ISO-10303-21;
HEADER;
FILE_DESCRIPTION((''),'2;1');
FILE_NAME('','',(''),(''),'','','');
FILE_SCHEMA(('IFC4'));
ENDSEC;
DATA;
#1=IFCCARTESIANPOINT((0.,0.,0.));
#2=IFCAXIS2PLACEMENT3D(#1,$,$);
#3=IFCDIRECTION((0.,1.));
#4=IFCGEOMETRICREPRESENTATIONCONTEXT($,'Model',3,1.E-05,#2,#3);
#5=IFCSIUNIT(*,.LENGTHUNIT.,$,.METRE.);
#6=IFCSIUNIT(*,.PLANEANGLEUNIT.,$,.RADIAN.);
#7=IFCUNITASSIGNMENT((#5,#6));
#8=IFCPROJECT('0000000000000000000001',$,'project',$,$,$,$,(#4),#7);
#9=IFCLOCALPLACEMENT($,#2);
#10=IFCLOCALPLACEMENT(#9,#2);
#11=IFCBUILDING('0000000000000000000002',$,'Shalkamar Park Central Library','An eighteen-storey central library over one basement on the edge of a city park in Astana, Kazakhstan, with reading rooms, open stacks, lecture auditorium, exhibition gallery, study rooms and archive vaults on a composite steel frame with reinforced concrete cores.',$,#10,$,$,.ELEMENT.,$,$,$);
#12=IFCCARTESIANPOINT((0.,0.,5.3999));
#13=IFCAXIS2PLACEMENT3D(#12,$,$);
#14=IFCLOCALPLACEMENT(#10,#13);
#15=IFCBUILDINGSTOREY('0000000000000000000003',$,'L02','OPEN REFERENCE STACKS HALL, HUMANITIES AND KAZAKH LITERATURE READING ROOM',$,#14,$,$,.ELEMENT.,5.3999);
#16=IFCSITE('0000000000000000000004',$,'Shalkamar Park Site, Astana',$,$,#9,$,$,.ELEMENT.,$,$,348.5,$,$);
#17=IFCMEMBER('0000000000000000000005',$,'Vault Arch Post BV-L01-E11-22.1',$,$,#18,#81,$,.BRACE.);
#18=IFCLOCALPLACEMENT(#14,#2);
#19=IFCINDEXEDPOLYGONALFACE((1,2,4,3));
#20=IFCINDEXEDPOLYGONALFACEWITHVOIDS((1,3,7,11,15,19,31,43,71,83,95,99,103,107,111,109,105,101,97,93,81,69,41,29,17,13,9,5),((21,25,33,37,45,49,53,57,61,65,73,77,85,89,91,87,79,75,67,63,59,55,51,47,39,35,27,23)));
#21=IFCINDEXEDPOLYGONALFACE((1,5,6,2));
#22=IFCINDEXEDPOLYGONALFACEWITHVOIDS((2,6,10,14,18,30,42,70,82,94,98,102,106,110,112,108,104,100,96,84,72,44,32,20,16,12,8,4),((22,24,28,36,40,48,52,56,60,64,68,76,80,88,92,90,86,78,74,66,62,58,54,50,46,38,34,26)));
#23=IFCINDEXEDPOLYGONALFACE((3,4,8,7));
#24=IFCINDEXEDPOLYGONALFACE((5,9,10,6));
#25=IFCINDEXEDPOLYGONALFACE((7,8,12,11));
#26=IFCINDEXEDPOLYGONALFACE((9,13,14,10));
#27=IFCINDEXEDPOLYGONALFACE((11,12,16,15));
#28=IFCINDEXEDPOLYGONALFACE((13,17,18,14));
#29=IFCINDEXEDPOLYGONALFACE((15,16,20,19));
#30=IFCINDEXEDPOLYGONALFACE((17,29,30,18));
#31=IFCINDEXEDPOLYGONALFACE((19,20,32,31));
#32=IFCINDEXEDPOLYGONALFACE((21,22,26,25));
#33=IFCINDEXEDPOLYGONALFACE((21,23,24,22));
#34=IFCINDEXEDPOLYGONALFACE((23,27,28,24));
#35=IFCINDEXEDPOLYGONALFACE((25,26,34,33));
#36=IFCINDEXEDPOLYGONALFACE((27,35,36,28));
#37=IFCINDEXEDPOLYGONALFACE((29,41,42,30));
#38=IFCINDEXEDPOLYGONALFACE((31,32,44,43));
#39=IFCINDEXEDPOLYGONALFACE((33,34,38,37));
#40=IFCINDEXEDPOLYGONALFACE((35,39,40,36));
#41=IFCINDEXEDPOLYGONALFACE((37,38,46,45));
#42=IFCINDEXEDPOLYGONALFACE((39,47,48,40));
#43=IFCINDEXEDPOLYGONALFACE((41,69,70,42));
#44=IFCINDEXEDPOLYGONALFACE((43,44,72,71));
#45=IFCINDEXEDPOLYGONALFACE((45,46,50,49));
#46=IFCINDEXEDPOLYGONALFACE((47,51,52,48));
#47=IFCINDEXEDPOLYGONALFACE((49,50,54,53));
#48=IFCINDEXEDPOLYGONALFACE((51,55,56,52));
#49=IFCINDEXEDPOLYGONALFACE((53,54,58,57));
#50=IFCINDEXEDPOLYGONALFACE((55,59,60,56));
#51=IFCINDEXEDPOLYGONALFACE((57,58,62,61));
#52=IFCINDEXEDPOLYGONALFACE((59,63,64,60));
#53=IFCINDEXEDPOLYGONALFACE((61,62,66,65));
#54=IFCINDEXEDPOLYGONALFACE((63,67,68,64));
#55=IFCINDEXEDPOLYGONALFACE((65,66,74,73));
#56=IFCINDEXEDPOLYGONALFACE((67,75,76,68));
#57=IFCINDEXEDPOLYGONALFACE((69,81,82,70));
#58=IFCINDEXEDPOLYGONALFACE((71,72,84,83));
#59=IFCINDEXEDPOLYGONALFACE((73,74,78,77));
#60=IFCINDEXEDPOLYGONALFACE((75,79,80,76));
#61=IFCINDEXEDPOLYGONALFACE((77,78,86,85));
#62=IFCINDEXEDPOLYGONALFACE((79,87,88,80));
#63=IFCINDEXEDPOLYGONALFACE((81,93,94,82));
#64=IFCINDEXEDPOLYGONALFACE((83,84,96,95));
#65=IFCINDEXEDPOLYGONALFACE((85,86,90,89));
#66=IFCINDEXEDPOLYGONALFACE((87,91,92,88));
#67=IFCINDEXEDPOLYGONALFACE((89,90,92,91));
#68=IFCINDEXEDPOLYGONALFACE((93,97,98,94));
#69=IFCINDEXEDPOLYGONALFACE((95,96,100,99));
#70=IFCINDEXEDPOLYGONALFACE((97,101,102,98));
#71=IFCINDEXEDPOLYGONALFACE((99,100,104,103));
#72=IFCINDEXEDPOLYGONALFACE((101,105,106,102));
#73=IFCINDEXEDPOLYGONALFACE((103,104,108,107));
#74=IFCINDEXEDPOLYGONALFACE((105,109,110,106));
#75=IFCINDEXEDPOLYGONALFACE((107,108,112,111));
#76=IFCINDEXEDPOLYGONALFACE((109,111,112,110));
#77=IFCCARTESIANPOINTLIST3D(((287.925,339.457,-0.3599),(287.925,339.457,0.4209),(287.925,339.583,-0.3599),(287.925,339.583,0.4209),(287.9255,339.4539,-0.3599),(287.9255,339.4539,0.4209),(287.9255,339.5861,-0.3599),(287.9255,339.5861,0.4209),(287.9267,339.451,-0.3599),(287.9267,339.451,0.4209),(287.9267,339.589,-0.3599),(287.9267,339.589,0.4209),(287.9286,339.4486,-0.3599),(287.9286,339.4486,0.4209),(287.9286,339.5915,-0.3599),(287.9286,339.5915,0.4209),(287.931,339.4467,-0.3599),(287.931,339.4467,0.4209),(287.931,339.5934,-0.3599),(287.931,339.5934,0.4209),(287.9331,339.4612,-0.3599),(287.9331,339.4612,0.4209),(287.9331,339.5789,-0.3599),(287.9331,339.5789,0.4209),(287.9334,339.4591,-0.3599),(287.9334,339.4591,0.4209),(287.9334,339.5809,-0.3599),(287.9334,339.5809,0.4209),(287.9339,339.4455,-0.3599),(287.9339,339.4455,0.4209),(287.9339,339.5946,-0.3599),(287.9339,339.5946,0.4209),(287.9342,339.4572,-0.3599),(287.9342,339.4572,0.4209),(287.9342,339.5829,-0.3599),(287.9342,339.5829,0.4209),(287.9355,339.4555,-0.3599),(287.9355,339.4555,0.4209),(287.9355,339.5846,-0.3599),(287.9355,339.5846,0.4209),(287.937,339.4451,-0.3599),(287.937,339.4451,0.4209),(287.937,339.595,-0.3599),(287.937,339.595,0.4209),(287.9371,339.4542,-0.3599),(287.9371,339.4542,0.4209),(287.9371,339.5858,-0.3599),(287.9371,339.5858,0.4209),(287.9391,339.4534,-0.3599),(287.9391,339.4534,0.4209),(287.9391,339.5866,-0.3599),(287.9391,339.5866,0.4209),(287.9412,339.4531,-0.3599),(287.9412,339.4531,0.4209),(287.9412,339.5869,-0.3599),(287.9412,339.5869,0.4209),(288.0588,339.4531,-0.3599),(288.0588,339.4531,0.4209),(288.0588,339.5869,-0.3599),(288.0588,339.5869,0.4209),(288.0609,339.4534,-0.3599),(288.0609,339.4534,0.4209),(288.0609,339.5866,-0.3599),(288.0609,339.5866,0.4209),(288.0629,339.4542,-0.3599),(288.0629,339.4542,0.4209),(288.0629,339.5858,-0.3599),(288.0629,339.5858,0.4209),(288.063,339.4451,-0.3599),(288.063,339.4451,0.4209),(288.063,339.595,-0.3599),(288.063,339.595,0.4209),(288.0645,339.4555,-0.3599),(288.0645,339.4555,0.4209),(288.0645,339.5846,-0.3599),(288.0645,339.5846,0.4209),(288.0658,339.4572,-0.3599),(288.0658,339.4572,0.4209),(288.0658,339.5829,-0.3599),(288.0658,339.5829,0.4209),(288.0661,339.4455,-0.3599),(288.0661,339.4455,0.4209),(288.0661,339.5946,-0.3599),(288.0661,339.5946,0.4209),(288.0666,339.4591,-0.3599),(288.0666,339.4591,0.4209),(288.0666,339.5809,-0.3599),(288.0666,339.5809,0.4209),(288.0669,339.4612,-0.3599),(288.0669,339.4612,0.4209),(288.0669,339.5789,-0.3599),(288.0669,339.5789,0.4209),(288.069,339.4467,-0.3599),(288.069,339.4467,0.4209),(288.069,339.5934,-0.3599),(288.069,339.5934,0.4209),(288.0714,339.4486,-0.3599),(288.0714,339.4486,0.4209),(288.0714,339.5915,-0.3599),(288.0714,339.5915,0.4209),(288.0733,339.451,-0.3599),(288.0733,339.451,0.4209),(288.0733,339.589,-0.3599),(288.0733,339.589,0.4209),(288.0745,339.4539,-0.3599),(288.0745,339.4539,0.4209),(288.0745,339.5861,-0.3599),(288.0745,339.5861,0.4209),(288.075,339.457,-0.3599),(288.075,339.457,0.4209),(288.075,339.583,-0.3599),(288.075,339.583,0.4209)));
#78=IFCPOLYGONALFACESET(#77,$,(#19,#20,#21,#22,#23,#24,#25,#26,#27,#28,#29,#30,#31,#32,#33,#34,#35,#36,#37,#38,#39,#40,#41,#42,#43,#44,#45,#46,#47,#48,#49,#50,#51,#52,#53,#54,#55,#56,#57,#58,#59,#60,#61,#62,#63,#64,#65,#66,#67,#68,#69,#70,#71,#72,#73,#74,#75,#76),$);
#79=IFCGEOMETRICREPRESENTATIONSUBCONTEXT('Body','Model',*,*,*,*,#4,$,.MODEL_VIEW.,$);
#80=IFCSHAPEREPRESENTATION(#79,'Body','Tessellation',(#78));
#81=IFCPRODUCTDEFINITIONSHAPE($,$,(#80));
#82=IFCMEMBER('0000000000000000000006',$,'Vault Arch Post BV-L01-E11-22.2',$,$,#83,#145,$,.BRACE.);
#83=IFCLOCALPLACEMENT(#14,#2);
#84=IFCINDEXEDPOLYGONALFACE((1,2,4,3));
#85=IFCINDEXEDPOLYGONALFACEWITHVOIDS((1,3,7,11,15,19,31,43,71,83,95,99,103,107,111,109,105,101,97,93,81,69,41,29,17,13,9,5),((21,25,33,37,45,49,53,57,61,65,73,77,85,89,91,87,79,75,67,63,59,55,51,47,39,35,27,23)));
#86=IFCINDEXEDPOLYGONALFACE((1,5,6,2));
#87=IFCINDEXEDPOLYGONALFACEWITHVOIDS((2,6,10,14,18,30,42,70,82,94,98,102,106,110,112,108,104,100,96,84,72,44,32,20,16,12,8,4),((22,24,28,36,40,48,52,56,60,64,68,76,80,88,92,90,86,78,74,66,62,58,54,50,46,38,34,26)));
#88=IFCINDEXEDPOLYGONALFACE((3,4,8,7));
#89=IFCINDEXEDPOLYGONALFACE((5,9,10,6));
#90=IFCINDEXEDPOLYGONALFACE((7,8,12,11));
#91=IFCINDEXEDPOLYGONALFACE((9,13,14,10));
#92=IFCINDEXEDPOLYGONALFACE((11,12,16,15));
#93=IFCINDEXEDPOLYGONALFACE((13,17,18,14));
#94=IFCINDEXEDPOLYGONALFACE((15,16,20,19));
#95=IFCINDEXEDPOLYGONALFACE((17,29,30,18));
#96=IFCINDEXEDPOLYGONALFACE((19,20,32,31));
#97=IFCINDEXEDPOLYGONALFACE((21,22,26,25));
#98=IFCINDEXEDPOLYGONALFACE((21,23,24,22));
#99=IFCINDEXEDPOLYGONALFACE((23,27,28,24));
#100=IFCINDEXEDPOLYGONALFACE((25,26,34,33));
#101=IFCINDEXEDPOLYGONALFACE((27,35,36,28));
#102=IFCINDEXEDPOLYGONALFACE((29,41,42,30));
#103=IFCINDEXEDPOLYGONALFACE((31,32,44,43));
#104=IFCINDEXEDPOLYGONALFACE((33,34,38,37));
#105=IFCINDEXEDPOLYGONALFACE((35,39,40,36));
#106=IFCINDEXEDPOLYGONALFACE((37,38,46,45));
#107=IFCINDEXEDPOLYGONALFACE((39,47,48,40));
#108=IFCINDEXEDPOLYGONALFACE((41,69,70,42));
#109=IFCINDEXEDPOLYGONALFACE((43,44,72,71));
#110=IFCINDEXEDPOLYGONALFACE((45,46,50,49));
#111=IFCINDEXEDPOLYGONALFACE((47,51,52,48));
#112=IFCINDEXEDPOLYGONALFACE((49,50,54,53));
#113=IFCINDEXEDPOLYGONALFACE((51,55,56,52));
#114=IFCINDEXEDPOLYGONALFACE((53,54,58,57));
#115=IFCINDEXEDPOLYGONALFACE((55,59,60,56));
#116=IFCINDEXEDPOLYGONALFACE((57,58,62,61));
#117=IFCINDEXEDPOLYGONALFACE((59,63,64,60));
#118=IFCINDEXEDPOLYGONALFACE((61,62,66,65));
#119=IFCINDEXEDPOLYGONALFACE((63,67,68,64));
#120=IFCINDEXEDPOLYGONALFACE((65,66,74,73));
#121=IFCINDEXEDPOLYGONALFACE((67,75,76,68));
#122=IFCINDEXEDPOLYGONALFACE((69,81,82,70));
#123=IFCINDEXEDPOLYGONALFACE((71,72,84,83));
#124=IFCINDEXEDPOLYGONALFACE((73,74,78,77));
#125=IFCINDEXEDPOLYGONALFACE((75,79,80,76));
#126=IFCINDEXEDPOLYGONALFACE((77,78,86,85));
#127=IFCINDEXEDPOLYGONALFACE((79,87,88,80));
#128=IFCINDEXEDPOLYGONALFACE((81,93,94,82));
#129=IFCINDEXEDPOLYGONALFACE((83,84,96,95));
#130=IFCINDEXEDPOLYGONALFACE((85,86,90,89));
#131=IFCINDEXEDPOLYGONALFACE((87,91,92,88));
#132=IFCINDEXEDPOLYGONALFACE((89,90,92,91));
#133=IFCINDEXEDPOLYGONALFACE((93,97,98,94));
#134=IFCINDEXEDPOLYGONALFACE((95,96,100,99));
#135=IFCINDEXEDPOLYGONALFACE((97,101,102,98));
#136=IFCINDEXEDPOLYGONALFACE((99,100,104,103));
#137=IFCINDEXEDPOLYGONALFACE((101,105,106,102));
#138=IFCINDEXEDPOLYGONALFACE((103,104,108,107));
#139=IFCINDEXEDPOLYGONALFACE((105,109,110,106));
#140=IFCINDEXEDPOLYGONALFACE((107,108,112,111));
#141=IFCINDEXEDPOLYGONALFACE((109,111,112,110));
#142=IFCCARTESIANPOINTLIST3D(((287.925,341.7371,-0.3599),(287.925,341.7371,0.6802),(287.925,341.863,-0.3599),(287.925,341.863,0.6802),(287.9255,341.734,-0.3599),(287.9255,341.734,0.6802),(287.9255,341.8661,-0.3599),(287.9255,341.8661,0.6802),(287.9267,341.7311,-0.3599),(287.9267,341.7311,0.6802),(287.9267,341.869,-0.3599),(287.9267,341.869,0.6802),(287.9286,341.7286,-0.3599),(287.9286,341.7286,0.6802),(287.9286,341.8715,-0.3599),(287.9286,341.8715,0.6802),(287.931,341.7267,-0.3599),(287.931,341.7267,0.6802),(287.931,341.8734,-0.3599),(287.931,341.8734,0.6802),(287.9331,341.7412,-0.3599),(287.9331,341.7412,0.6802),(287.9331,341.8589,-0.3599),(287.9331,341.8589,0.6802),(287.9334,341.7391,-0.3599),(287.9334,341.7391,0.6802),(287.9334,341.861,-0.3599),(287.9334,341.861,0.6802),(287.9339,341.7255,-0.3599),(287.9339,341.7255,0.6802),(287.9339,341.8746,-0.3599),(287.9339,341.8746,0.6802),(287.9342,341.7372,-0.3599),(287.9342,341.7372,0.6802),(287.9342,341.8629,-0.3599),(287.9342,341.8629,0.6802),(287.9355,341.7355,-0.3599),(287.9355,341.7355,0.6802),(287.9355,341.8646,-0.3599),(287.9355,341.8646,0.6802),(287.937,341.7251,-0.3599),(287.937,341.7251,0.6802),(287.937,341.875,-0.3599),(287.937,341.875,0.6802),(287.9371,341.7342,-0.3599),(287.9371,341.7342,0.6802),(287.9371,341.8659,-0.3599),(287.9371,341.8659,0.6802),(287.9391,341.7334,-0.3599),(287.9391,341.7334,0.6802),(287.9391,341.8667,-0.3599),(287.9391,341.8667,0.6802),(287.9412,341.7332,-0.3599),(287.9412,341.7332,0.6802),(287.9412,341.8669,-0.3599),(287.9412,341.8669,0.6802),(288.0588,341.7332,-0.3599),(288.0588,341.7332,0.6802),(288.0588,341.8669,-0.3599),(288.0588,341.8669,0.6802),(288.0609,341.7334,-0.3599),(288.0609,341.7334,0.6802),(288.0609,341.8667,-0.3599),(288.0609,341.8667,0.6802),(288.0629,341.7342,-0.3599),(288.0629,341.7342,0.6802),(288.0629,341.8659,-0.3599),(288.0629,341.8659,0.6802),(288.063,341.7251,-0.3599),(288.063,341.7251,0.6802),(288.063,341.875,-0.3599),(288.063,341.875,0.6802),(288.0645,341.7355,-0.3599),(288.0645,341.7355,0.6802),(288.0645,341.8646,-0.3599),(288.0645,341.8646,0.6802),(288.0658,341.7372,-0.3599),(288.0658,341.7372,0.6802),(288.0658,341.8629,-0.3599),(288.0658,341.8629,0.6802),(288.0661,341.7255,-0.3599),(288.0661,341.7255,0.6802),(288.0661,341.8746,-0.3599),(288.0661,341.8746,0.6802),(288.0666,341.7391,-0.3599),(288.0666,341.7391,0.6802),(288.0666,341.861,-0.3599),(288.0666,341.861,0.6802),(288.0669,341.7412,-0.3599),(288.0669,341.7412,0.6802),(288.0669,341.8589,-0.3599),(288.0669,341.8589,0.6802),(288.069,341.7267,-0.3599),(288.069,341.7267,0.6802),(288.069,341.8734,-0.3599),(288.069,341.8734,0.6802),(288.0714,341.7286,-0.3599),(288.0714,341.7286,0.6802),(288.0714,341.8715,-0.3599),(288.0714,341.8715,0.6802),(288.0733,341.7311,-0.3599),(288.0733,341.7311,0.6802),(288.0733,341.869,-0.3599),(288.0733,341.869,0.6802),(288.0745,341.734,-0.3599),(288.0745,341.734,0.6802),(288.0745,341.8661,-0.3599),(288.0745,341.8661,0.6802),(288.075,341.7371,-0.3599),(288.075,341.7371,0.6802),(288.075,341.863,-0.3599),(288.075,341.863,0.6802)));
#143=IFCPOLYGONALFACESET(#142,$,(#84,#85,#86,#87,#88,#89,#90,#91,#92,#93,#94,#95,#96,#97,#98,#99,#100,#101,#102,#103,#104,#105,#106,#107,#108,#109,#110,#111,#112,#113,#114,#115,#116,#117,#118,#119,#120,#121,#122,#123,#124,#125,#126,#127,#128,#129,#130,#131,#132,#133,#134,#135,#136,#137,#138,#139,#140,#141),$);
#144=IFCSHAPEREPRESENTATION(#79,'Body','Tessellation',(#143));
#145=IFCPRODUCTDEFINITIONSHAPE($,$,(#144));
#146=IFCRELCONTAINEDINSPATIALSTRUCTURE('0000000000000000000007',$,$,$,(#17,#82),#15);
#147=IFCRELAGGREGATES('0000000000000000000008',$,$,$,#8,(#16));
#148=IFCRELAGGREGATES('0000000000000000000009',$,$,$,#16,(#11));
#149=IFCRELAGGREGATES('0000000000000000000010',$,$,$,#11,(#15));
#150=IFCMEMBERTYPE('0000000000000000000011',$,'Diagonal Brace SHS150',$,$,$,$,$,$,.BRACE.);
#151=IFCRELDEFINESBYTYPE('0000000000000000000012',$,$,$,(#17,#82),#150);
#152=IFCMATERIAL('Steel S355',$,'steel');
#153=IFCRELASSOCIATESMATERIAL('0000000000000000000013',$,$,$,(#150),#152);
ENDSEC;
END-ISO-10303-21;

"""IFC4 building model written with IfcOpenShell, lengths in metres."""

from ifc_helpers import new_model, si_unit, direction, frame, origin, origin_2d, place, context, subcontext, project, spatial, hollow_rectangle, extrude, material, material_profile, profile_set, type_object, element, save


model = new_model("IFC4")

# Units and contexts
model_context = context("Model", 3, precision=1e-05, world=origin(), true_north=direction((0.0, 1.0)))
body_context = subcontext(model_context, "Body", "Model", "MODEL_VIEW")
ifc_project = project(units=[si_unit("LENGTHUNIT", "METRE"), si_unit("PLANEANGLEUNIT", "RADIAN")], contexts=[model_context])

# Site, building, storey
site_placement = place(None, origin())
site = spatial("IfcSite", under=ifc_project, at=site_placement, Name="Shalkamar Park Site, Astana", CompositionType="ELEMENT", RefElevation=348.5)
building_placement = place(site_placement, origin())
building = spatial("IfcBuilding", under=site, at=building_placement, Name="Shalkamar Park Central Library", Description="An eighteen-storey central library over one basement on the edge of a city park in Astana, Kazakhstan, with reading rooms, open stacks, lecture auditorium, exhibition gallery, study rooms and archive vaults on a composite steel frame with reinforced concrete cores.", CompositionType="ELEMENT")
storey_placement = place(building_placement, frame((0.0, 0.0, 5.3999)))
storey = spatial("IfcBuildingStorey", under=building, at=storey_placement, Name="L02", Description="OPEN REFERENCE STACKS HALL, HUMANITIES AND KAZAKH LITERATURE READING ROOM", CompositionType="ELEMENT", Elevation=5.3999)

# Members
ifc_material_1 = material(Name="Steel S355", Category="steel")
ifc_material_profile_1 = material_profile(ifc_material_1, hollow_rectangle(XDim=0.1499, YDim=0.1499, WallThickness=0.0081, InnerFilletRadius=0.0081, OuterFilletRadius=0.012, at=origin_2d()), Name="SHS 150x150x8")
ifc_profile_set_1 = profile_set([ifc_material_profile_1], Name="Steel S355")
member_type_1 = type_object("IfcMemberType", Name="Diagonal Brace SHS150", PredefinedType="BRACE", material=ifc_profile_set_1)
for number, where, z_axis, x_axis, name in (
    (1, (288.0, 339.52, -0.3599), (0.0, 0.0, 1.0), (1.0, 0.0, 0.0), "Vault Arch Post BV-L01-E11-22.1"),
):
    element("IfcMember", number, at=place(storey_placement, frame(where, z_axis=z_axis, x_axis=x_axis)), inside=storey, type_object=member_type_1, Name=name, PredefinedType="BRACE", context=body_context, shape_type="SweptSolid", body=[
        extrude(hollow_rectangle(XDim=0.1499, YDim=0.1499, WallThickness=0.0081, InnerFilletRadius=0.0081, OuterFilletRadius=0.012, at=origin_2d()), origin(), (0.0, 0.0, 1.0), 0.7808),
    ])
member_1_placement = place(storey_placement, frame((288.0, 341.8, -0.3599), z_axis=(0.0, 0.0, 1.0), x_axis=(1.0, 0.0, 0.0)))
element("IfcMember", 2, at=member_1_placement, inside=storey, type_object=member_type_1, Name="Vault Arch Post BV-L01-E11-22.2", PredefinedType="BRACE", context=body_context, shape_type="SweptSolid", body=[
    extrude(hollow_rectangle(XDim=0.1499, YDim=0.1499, WallThickness=0.0081, InnerFilletRadius=0.0081, OuterFilletRadius=0.012, at=origin_2d()), origin(), (0.0, 0.0, 1.0), 1.04),
])

save(model, "model.ifc")
